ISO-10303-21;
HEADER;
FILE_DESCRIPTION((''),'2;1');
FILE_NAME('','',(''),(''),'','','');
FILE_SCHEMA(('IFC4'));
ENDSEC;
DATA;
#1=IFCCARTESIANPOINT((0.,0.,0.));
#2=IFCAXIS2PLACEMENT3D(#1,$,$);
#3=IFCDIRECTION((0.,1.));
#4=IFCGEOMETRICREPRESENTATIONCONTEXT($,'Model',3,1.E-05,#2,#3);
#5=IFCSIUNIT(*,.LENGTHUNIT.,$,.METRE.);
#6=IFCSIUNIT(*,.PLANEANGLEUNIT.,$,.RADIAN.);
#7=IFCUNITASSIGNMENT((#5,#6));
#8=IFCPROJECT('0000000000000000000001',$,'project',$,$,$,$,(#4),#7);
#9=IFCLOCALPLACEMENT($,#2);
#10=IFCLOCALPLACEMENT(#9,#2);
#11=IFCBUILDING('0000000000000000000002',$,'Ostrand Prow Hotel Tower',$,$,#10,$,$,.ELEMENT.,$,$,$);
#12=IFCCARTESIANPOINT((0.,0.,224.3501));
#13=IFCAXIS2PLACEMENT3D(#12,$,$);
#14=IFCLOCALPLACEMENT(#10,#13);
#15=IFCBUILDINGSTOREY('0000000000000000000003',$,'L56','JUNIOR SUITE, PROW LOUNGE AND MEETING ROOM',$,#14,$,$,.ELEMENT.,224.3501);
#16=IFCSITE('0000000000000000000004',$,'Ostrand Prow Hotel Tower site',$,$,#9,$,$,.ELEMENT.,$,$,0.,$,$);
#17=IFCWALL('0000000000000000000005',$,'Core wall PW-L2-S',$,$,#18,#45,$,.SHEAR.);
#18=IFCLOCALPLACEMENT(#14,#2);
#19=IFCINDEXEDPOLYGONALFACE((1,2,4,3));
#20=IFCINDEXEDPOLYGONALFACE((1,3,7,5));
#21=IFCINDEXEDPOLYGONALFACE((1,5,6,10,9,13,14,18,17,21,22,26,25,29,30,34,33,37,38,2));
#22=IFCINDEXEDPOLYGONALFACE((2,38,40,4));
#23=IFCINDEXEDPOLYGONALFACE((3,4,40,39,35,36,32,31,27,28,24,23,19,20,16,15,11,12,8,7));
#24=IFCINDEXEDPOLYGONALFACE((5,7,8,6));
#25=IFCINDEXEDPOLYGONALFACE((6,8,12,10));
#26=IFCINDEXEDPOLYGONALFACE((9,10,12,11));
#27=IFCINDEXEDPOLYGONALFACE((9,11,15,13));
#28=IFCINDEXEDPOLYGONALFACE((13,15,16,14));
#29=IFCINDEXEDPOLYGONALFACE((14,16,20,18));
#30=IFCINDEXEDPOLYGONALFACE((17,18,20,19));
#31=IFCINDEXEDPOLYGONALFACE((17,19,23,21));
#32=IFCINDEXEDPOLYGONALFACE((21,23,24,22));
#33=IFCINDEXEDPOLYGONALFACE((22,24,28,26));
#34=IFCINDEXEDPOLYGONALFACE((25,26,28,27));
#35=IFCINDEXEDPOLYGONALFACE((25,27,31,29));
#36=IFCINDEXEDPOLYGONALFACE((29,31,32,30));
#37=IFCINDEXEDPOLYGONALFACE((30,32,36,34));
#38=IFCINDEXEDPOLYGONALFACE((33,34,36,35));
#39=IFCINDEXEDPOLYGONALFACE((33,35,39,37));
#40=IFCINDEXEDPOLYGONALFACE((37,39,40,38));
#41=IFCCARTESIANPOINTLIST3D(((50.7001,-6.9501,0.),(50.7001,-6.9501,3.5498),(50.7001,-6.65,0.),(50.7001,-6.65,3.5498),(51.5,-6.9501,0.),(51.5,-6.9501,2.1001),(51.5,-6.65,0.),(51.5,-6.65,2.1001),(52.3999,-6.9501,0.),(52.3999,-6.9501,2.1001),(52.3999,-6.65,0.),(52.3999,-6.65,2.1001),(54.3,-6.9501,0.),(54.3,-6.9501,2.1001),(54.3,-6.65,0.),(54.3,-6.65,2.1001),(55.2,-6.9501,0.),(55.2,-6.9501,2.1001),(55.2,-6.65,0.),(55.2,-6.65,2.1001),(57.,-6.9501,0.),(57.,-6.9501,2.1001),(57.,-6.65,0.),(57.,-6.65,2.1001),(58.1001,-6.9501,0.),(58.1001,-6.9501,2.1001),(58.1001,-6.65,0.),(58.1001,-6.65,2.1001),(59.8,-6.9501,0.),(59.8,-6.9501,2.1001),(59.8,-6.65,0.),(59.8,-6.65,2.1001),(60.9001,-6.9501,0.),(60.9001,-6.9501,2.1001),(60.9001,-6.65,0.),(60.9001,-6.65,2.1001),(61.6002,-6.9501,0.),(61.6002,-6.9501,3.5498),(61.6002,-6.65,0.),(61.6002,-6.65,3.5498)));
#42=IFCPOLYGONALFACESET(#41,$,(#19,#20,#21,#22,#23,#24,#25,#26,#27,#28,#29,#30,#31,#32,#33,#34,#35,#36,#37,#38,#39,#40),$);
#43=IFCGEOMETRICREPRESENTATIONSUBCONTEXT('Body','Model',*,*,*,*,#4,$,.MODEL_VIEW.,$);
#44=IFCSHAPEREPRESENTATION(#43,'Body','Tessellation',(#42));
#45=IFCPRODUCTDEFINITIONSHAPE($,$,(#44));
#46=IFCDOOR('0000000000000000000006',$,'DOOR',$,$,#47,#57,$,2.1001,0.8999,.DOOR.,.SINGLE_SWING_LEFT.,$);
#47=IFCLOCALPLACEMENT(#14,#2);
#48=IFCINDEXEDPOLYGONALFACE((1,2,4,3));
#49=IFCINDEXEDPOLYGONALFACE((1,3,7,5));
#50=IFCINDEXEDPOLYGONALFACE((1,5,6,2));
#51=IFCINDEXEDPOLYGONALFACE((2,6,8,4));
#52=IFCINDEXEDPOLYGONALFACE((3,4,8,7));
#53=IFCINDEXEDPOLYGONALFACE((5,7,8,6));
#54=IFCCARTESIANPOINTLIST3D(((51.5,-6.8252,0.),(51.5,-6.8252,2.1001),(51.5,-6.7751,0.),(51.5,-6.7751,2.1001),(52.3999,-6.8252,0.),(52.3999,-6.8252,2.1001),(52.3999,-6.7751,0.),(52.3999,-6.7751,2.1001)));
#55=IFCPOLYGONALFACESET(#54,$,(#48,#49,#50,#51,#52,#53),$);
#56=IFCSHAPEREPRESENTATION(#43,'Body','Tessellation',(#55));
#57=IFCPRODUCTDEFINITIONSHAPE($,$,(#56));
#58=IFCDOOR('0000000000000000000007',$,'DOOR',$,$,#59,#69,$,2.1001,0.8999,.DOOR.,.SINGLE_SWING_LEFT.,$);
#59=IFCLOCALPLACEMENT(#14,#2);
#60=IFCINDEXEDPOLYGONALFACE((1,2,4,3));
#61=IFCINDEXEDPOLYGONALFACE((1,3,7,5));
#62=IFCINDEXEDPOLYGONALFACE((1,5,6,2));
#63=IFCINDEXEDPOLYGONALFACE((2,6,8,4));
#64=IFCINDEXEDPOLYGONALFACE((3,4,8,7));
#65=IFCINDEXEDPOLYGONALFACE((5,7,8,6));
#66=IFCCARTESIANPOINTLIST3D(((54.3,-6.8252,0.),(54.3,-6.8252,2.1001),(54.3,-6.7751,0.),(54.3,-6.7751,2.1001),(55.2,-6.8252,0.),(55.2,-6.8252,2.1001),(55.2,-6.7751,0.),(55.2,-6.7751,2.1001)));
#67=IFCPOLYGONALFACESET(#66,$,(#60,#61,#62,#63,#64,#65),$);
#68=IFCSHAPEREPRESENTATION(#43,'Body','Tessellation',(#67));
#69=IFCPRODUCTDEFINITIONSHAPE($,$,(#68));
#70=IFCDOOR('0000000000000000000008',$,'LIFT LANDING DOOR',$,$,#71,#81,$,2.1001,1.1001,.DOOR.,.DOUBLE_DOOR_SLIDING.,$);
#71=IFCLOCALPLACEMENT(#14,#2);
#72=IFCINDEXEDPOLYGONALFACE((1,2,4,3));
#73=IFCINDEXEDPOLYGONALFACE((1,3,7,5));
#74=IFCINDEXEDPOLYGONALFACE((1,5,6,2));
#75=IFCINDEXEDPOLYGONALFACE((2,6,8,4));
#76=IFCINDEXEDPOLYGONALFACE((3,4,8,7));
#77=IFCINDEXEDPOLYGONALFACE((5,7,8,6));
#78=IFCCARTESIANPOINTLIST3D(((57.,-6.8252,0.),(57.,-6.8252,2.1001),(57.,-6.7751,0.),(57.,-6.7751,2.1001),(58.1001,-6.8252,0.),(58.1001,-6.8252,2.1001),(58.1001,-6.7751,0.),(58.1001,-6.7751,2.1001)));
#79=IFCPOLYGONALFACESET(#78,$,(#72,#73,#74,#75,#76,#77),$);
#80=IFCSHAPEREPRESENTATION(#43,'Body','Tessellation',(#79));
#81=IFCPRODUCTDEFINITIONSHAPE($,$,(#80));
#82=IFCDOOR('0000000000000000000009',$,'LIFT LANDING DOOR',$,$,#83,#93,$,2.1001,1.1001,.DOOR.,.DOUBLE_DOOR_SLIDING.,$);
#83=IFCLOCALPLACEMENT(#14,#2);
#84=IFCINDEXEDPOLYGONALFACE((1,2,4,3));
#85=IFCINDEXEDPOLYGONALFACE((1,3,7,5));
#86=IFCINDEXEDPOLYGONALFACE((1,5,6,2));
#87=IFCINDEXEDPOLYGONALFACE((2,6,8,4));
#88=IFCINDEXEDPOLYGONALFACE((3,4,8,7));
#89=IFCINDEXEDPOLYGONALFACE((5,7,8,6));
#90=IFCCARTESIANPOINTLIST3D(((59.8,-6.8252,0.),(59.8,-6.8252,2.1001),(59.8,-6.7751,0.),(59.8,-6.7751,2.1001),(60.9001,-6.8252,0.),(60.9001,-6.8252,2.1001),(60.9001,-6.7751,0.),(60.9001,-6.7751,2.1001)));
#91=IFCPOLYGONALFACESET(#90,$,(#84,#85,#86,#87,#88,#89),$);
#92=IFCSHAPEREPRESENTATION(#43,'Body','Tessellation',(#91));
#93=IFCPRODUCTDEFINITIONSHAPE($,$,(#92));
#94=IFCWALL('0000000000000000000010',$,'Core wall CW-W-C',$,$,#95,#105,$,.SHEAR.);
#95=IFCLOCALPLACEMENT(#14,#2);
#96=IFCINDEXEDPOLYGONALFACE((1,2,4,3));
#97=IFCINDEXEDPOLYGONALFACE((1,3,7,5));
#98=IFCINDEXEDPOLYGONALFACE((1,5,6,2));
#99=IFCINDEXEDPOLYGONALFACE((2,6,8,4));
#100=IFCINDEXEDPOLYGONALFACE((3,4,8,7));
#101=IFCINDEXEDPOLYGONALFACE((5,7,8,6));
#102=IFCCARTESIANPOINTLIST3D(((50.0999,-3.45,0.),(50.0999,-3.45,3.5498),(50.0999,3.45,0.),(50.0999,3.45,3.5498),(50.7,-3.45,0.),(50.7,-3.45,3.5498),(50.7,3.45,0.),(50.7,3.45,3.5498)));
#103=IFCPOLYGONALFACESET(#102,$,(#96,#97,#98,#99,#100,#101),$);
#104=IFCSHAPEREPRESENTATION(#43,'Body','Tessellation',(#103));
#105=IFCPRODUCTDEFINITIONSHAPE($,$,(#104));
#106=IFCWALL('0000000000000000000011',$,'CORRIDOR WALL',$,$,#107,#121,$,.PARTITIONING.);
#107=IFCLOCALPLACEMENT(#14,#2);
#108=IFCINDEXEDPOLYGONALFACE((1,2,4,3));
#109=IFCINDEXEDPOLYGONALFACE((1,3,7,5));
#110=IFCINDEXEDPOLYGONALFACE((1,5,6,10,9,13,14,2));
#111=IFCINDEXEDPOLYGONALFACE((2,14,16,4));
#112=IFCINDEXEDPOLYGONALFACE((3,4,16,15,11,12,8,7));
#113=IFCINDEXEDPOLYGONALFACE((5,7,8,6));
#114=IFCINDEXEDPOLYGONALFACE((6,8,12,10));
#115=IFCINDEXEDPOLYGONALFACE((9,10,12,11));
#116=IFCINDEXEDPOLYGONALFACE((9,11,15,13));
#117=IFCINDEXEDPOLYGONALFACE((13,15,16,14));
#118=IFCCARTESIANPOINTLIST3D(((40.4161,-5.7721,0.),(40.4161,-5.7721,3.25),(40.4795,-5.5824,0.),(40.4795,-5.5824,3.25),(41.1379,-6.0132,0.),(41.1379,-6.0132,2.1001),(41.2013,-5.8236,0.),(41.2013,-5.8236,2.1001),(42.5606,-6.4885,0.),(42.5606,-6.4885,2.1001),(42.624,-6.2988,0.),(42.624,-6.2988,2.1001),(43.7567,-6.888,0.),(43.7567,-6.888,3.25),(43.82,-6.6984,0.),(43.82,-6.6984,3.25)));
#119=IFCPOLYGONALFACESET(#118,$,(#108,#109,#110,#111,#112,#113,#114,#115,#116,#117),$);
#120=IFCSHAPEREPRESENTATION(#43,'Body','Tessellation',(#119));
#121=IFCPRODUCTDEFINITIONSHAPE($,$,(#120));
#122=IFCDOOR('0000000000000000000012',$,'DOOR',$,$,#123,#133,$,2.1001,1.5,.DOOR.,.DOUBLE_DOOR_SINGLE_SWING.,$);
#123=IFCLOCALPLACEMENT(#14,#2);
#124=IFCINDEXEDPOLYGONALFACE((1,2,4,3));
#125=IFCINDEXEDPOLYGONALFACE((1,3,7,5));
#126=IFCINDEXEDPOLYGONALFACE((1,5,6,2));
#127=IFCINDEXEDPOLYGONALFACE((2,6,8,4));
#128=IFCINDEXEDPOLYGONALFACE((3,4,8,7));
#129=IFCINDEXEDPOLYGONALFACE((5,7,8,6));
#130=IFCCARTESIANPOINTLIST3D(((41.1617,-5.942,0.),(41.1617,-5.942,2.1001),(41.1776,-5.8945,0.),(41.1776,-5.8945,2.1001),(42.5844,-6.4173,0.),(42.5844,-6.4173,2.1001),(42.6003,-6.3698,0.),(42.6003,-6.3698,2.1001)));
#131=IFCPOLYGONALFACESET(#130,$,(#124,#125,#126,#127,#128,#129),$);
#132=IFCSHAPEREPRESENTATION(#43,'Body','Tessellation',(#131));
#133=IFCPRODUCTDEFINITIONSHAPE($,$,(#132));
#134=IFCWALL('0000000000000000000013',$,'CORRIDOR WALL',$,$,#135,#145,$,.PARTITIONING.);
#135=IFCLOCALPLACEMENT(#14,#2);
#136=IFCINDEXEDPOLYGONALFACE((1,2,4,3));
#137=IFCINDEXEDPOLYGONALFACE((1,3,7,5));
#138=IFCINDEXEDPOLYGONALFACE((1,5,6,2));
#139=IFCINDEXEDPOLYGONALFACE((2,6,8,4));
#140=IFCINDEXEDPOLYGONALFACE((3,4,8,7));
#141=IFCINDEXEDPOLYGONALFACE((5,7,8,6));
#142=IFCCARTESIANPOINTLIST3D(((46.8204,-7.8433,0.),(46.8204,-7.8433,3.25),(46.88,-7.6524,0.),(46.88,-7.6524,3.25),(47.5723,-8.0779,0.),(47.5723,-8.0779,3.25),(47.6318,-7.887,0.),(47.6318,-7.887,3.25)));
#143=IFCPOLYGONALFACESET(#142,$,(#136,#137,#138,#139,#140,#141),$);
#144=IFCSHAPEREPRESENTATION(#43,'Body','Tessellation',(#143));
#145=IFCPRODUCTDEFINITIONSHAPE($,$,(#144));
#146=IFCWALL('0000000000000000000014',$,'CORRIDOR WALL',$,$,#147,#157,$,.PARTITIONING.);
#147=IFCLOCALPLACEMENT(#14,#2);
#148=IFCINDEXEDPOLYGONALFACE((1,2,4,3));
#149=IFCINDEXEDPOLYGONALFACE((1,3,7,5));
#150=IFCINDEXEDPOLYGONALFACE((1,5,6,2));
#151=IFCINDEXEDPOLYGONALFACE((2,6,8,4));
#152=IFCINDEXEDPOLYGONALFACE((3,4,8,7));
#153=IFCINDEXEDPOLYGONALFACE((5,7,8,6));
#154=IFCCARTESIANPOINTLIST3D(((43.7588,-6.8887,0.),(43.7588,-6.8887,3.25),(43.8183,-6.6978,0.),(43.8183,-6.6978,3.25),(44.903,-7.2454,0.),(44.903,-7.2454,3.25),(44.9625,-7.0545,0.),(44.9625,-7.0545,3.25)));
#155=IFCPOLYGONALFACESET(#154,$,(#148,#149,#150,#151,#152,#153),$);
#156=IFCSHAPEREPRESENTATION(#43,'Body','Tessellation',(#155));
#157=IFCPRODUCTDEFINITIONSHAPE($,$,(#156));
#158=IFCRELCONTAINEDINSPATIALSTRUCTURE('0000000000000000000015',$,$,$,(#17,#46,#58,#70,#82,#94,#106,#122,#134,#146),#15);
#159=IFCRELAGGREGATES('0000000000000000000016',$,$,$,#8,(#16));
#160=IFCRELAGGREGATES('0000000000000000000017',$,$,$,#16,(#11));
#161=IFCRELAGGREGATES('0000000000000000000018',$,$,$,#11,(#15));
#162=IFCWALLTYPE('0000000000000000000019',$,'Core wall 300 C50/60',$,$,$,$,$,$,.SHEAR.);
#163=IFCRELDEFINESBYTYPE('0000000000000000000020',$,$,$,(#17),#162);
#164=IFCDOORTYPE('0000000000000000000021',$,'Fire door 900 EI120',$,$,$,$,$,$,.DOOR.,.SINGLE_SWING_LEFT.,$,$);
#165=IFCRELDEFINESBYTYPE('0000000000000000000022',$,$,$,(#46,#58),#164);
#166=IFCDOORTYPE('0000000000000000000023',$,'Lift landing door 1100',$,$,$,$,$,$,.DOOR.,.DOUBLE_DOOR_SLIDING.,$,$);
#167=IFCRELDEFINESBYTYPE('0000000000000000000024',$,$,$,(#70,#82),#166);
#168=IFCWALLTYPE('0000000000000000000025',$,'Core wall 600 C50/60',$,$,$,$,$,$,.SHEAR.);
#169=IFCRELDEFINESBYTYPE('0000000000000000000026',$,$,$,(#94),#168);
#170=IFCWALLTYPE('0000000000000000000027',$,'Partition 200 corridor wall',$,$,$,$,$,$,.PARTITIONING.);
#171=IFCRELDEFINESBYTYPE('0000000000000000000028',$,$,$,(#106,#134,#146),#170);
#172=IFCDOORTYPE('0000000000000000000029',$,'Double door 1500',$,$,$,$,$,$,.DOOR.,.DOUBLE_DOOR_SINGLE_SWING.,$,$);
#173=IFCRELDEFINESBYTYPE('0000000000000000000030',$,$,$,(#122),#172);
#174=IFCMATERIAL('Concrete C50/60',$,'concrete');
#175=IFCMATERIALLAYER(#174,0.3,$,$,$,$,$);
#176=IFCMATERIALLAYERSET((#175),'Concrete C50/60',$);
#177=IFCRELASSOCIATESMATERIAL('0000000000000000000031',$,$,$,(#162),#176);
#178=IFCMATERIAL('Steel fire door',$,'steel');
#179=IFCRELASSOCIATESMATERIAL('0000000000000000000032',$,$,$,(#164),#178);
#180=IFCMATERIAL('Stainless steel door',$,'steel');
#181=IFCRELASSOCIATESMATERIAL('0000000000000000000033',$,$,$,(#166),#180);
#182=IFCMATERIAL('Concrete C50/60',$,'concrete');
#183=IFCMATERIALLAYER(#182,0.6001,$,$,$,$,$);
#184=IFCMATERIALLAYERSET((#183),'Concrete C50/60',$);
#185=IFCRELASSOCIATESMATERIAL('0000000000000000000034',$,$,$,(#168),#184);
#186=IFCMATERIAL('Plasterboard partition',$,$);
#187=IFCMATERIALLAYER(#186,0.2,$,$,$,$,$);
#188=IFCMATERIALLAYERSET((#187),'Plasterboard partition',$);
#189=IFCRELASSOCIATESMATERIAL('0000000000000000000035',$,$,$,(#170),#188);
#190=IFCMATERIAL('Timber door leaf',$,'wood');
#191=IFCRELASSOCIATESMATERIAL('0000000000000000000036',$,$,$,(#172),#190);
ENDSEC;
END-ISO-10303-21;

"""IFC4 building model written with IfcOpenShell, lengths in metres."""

from ifc_helpers import new_model, si_unit, direction, frame, frame_2d, origin, place, context, subcontext, project, spatial, rectangle, extrude, material, layer, layer_set, type_object, element, fill, save


model = new_model("IFC4")

# Units and contexts
model_context = context("Model", 3, precision=1e-05, world=origin(), true_north=direction((0.0, 1.0)))
body_context = subcontext(model_context, "Body", "Model", "MODEL_VIEW")
ifc_project = project(units=[si_unit("LENGTHUNIT", "METRE"), si_unit("PLANEANGLEUNIT", "RADIAN")], contexts=[model_context])

# Site, building, storey
site_placement = place(None, origin())
site = spatial("IfcSite", under=ifc_project, at=site_placement, Name="Ostrand Prow Hotel Tower site", CompositionType="ELEMENT", RefElevation=0.0)
building_placement = place(site_placement, origin())
building = spatial("IfcBuilding", under=site, at=building_placement, Name="Ostrand Prow Hotel Tower", CompositionType="ELEMENT")
storey_placement = place(building_placement, frame((0.0, 0.0, 224.3501)))
storey = spatial("IfcBuildingStorey", under=building, at=storey_placement, Name="L56", Description="JUNIOR SUITE, PROW LOUNGE AND MEETING ROOM", CompositionType="ELEMENT", Elevation=224.3501)

# Shared definitions
ifc_material_1 = material(Name="Concrete C50/60", Category="concrete")
ifc_layer_1 = layer(ifc_material_1, 0.3)
ifc_layer_set_1 = layer_set([ifc_layer_1], Name="Concrete C50/60")
wall_type_1 = type_object("IfcWallType", Name="Core wall 300 C50/60", PredefinedType="SHEAR", material=ifc_layer_set_1)

# Shared definitions
ifc_material_2 = material(Name="Steel fire door", Category="steel")
door_type_1 = type_object("IfcDoorType", Name="Fire door 900 EI120", OperationType="SINGLE_SWING_LEFT", PredefinedType="DOOR", material=ifc_material_2)
ifc_material_3 = material(Name="Stainless steel door", Category="steel")
door_type_2 = type_object("IfcDoorType", Name="Lift landing door 1100", OperationType="DOUBLE_DOOR_SLIDING", PredefinedType="DOOR", material=ifc_material_3)

# Wall, openings, doors
wall_1_placement = place(storey_placement, frame((50.7, -6.8, 0.0), z_axis=(0.0, 0.0, 1.0), x_axis=(1.0, 0.0, 0.0)))
wall_1 = element("IfcWall", 1, at=wall_1_placement, inside=storey, type_object=wall_type_1, Name="Core wall PW-L2-S", PredefinedType="SHEAR", context=body_context, shape_type="SweptSolid", body=[
    extrude(rectangle(XDim=10.9001, YDim=0.3, at=frame_2d((5.4502, 0.0))), origin(), (0.0, 0.0, 1.0), 3.5498),
])
opening_1_placement = place(wall_1_placement, frame((6.3, 0.0, 0.0)))
opening_1 = element("IfcOpeningElement", 2, at=opening_1_placement, cuts=wall_1, PredefinedType="OPENING", context=body_context, shape_type="SweptSolid", body=[
    extrude(rectangle(XDim=1.1001, YDim=2.1001, at=frame_2d((0.55, 1.05))), frame((0.0, 0.1599, 0.0), z_axis=(0.0, -1.0, 0.0), x_axis=(1.0, 0.0, 0.0)), (0.0, 0.0, 1.0), 0.3201),
])
opening_2_placement = place(wall_1_placement, frame((9.1001, 0.0, 0.0)))
opening_2 = element("IfcOpeningElement", 3, at=opening_2_placement, cuts=wall_1, PredefinedType="OPENING", context=body_context, shape_type="SweptSolid", body=[
    extrude(rectangle(XDim=1.1001, YDim=2.1001, at=frame_2d((0.55, 1.05))), frame((0.0, 0.1599, 0.0), z_axis=(0.0, -1.0, 0.0), x_axis=(1.0, 0.0, 0.0)), (0.0, 0.0, 1.0), 0.3201),
])
opening_3_placement = place(wall_1_placement, frame((0.8, 0.0, 0.0)))
opening_3 = element("IfcOpeningElement", 4, at=opening_3_placement, cuts=wall_1, PredefinedType="OPENING", context=body_context, shape_type="SweptSolid", body=[
    extrude(rectangle(XDim=0.8999, YDim=2.1001, at=frame_2d((0.45, 1.05))), frame((0.0, 0.1599, 0.0), z_axis=(0.0, -1.0, 0.0), x_axis=(1.0, 0.0, 0.0)), (0.0, 0.0, 1.0), 0.3201),
])
opening_4_placement = place(wall_1_placement, frame((3.6001, 0.0, 0.0)))
opening_4 = element("IfcOpeningElement", 5, at=opening_4_placement, cuts=wall_1, PredefinedType="OPENING", context=body_context, shape_type="SweptSolid", body=[
    extrude(rectangle(XDim=0.8999, YDim=2.1001, at=frame_2d((0.45, 1.05))), frame((0.0, 0.1599, 0.0), z_axis=(0.0, -1.0, 0.0), x_axis=(1.0, 0.0, 0.0)), (0.0, 0.0, 1.0), 0.3201),
])
door_1_placement = place(opening_3_placement, origin())
door_1 = element("IfcDoor", 6, at=door_1_placement, inside=storey, type_object=door_type_1, Name="DOOR", OperationType="SINGLE_SWING_LEFT", OverallHeight=2.1001, OverallWidth=0.8999, PredefinedType="DOOR", context=body_context, shape_type="SweptSolid", body=[
    extrude(rectangle(XDim=0.8999, YDim=2.1001, at=frame_2d((0.45, 1.05))), frame((0.0, 0.0249, 0.0), z_axis=(0.0, -1.0, 0.0), x_axis=(1.0, 0.0, 0.0)), (0.0, 0.0, 1.0), 0.05),
])
fill(opening_3, door_1)
door_2_placement = place(opening_4_placement, origin())
door_2 = element("IfcDoor", 7, at=door_2_placement, inside=storey, type_object=door_type_1, Name="DOOR", OperationType="SINGLE_SWING_LEFT", OverallHeight=2.1001, OverallWidth=0.8999, PredefinedType="DOOR", context=body_context, shape_type="SweptSolid", body=[
    extrude(rectangle(XDim=0.8999, YDim=2.1001, at=frame_2d((0.45, 1.05))), frame((0.0, 0.0249, 0.0), z_axis=(0.0, -1.0, 0.0), x_axis=(1.0, 0.0, 0.0)), (0.0, 0.0, 1.0), 0.05),
])
fill(opening_4, door_2)
door_3_placement = place(opening_1_placement, origin())
door_3 = element("IfcDoor", 8, at=door_3_placement, inside=storey, type_object=door_type_2, Name="LIFT LANDING DOOR", OperationType="DOUBLE_DOOR_SLIDING", OverallHeight=2.1001, OverallWidth=1.1001, PredefinedType="DOOR", context=body_context, shape_type="SweptSolid", body=[
    extrude(rectangle(XDim=1.1001, YDim=2.1001, at=frame_2d((0.55, 1.05))), frame((0.0, 0.0249, 0.0), z_axis=(0.0, -1.0, 0.0), x_axis=(1.0, 0.0, 0.0)), (0.0, 0.0, 1.0), 0.05),
])
fill(opening_1, door_3)
door_4_placement = place(opening_2_placement, origin())
door_4 = element("IfcDoor", 9, at=door_4_placement, inside=storey, type_object=door_type_2, Name="LIFT LANDING DOOR", OperationType="DOUBLE_DOOR_SLIDING", OverallHeight=2.1001, OverallWidth=1.1001, PredefinedType="DOOR", context=body_context, shape_type="SweptSolid", body=[
    extrude(rectangle(XDim=1.1001, YDim=2.1001, at=frame_2d((0.55, 1.05))), frame((0.0, 0.0249, 0.0), z_axis=(0.0, -1.0, 0.0), x_axis=(1.0, 0.0, 0.0)), (0.0, 0.0, 1.0), 0.05),
])
fill(opening_2, door_4)

# Wall
ifc_material_4 = material(Name="Concrete C50/60", Category="concrete")
ifc_layer_2 = layer(ifc_material_4, 0.6001)
ifc_layer_set_2 = layer_set([ifc_layer_2], Name="Concrete C50/60")
wall_type_2 = type_object("IfcWallType", Name="Core wall 600 C50/60", PredefinedType="SHEAR", material=ifc_layer_set_2)
wall_2_placement = place(storey_placement, frame((50.3999, -3.45, 0.0), z_axis=(0.0, 0.0, 1.0), x_axis=(0.0, 1.0, 0.0)))
element("IfcWall", 10, at=wall_2_placement, inside=storey, type_object=wall_type_2, Name="Core wall CW-W-C", PredefinedType="SHEAR", context=body_context, shape_type="SweptSolid", body=[
    extrude(rectangle(XDim=6.8999, YDim=0.6001, at=frame_2d((3.45, 0.0))), origin(), (0.0, 0.0, 1.0), 3.5498),
])

# Wall, opening, door
ifc_material_5 = material(Name="Plasterboard partition")
ifc_layer_3 = layer(ifc_material_5, 0.2)
ifc_layer_set_3 = layer_set([ifc_layer_3], Name="Plasterboard partition")
wall_type_3 = type_object("IfcWallType", Name="Partition 200 corridor wall", PredefinedType="PARTITIONING", material=ifc_layer_set_3)
wall_3_placement = place(storey_placement, frame((43.7883, -6.7932, 0.0), z_axis=(0.0, 0.0, 1.0), x_axis=(-0.948475, 0.316852, 0.0)))
wall_3 = element("IfcWall", 11, at=wall_3_placement, inside=storey, type_object=wall_type_3, Name="CORRIDOR WALL", PredefinedType="PARTITIONING", context=body_context, shape_type="SweptSolid", body=[
    extrude(rectangle(XDim=3.522, YDim=0.2, at=frame_2d((1.761, 0.0))), origin(), (0.0, 0.0, 1.0), 3.25),
])
opening_5_placement = place(wall_3_placement, frame((1.261, 0.0, 0.0)))
opening_5 = element("IfcOpeningElement", 12, at=opening_5_placement, cuts=wall_3, PredefinedType="OPENING", context=body_context, shape_type="SweptSolid", body=[
    extrude(rectangle(XDim=1.5, YDim=2.1001, at=frame_2d((0.75, 1.05))), frame((0.0, 0.1099, 0.0), z_axis=(0.0, -1.0, 0.0), x_axis=(1.0, 0.0, 0.0)), (0.0, 0.0, 1.0), 0.22),
])
ifc_material_6 = material(Name="Timber door leaf", Category="wood")
door_type_3 = type_object("IfcDoorType", Name="Double door 1500", OperationType="DOUBLE_DOOR_SINGLE_SWING", PredefinedType="DOOR", material=ifc_material_6)
door_5_placement = place(opening_5_placement, origin())
door_5 = element("IfcDoor", 13, at=door_5_placement, inside=storey, type_object=door_type_3, Name="DOOR", OperationType="DOUBLE_DOOR_SINGLE_SWING", OverallHeight=2.1001, OverallWidth=1.5, PredefinedType="DOOR", context=body_context, shape_type="SweptSolid", body=[
    extrude(rectangle(XDim=1.5, YDim=2.1001, at=frame_2d((0.75, 1.05))), frame((0.0, 0.0249, 0.0), z_axis=(0.0, -1.0, 0.0), x_axis=(1.0, 0.0, 0.0)), (0.0, 0.0, 1.0), 0.05),
])
fill(opening_5, door_5)

# Walls
wall_4_placement = place(storey_placement, frame((47.6021, -7.9824, 0.0), z_axis=(0.0, 0.0, 1.0), x_axis=(-0.954612, 0.297851, 0.0)))
element("IfcWall", 14, at=wall_4_placement, inside=storey, type_object=wall_type_3, Name="CORRIDOR WALL", PredefinedType="PARTITIONING", context=body_context, shape_type="SweptSolid", body=[
    extrude(rectangle(XDim=0.7876, YDim=0.2, at=frame_2d((0.3938, 0.0))), origin(), (0.0, 0.0, 1.0), 3.25),
])
wall_5_placement = place(storey_placement, frame((44.9326, -7.1499, 0.0), z_axis=(0.0, 0.0, 1.0), x_axis=(-0.954694, 0.297591, 0.0)))
element("IfcWall", 15, at=wall_5_placement, inside=storey, type_object=wall_type_3, Name="CORRIDOR WALL", PredefinedType="PARTITIONING", context=body_context, shape_type="SweptSolid", body=[
    extrude(rectangle(XDim=1.1985, YDim=0.2, at=frame_2d((0.5991, 0.0))), origin(), (0.0, 0.0, 1.0), 3.25),
])

save(model, "model.ifc")
